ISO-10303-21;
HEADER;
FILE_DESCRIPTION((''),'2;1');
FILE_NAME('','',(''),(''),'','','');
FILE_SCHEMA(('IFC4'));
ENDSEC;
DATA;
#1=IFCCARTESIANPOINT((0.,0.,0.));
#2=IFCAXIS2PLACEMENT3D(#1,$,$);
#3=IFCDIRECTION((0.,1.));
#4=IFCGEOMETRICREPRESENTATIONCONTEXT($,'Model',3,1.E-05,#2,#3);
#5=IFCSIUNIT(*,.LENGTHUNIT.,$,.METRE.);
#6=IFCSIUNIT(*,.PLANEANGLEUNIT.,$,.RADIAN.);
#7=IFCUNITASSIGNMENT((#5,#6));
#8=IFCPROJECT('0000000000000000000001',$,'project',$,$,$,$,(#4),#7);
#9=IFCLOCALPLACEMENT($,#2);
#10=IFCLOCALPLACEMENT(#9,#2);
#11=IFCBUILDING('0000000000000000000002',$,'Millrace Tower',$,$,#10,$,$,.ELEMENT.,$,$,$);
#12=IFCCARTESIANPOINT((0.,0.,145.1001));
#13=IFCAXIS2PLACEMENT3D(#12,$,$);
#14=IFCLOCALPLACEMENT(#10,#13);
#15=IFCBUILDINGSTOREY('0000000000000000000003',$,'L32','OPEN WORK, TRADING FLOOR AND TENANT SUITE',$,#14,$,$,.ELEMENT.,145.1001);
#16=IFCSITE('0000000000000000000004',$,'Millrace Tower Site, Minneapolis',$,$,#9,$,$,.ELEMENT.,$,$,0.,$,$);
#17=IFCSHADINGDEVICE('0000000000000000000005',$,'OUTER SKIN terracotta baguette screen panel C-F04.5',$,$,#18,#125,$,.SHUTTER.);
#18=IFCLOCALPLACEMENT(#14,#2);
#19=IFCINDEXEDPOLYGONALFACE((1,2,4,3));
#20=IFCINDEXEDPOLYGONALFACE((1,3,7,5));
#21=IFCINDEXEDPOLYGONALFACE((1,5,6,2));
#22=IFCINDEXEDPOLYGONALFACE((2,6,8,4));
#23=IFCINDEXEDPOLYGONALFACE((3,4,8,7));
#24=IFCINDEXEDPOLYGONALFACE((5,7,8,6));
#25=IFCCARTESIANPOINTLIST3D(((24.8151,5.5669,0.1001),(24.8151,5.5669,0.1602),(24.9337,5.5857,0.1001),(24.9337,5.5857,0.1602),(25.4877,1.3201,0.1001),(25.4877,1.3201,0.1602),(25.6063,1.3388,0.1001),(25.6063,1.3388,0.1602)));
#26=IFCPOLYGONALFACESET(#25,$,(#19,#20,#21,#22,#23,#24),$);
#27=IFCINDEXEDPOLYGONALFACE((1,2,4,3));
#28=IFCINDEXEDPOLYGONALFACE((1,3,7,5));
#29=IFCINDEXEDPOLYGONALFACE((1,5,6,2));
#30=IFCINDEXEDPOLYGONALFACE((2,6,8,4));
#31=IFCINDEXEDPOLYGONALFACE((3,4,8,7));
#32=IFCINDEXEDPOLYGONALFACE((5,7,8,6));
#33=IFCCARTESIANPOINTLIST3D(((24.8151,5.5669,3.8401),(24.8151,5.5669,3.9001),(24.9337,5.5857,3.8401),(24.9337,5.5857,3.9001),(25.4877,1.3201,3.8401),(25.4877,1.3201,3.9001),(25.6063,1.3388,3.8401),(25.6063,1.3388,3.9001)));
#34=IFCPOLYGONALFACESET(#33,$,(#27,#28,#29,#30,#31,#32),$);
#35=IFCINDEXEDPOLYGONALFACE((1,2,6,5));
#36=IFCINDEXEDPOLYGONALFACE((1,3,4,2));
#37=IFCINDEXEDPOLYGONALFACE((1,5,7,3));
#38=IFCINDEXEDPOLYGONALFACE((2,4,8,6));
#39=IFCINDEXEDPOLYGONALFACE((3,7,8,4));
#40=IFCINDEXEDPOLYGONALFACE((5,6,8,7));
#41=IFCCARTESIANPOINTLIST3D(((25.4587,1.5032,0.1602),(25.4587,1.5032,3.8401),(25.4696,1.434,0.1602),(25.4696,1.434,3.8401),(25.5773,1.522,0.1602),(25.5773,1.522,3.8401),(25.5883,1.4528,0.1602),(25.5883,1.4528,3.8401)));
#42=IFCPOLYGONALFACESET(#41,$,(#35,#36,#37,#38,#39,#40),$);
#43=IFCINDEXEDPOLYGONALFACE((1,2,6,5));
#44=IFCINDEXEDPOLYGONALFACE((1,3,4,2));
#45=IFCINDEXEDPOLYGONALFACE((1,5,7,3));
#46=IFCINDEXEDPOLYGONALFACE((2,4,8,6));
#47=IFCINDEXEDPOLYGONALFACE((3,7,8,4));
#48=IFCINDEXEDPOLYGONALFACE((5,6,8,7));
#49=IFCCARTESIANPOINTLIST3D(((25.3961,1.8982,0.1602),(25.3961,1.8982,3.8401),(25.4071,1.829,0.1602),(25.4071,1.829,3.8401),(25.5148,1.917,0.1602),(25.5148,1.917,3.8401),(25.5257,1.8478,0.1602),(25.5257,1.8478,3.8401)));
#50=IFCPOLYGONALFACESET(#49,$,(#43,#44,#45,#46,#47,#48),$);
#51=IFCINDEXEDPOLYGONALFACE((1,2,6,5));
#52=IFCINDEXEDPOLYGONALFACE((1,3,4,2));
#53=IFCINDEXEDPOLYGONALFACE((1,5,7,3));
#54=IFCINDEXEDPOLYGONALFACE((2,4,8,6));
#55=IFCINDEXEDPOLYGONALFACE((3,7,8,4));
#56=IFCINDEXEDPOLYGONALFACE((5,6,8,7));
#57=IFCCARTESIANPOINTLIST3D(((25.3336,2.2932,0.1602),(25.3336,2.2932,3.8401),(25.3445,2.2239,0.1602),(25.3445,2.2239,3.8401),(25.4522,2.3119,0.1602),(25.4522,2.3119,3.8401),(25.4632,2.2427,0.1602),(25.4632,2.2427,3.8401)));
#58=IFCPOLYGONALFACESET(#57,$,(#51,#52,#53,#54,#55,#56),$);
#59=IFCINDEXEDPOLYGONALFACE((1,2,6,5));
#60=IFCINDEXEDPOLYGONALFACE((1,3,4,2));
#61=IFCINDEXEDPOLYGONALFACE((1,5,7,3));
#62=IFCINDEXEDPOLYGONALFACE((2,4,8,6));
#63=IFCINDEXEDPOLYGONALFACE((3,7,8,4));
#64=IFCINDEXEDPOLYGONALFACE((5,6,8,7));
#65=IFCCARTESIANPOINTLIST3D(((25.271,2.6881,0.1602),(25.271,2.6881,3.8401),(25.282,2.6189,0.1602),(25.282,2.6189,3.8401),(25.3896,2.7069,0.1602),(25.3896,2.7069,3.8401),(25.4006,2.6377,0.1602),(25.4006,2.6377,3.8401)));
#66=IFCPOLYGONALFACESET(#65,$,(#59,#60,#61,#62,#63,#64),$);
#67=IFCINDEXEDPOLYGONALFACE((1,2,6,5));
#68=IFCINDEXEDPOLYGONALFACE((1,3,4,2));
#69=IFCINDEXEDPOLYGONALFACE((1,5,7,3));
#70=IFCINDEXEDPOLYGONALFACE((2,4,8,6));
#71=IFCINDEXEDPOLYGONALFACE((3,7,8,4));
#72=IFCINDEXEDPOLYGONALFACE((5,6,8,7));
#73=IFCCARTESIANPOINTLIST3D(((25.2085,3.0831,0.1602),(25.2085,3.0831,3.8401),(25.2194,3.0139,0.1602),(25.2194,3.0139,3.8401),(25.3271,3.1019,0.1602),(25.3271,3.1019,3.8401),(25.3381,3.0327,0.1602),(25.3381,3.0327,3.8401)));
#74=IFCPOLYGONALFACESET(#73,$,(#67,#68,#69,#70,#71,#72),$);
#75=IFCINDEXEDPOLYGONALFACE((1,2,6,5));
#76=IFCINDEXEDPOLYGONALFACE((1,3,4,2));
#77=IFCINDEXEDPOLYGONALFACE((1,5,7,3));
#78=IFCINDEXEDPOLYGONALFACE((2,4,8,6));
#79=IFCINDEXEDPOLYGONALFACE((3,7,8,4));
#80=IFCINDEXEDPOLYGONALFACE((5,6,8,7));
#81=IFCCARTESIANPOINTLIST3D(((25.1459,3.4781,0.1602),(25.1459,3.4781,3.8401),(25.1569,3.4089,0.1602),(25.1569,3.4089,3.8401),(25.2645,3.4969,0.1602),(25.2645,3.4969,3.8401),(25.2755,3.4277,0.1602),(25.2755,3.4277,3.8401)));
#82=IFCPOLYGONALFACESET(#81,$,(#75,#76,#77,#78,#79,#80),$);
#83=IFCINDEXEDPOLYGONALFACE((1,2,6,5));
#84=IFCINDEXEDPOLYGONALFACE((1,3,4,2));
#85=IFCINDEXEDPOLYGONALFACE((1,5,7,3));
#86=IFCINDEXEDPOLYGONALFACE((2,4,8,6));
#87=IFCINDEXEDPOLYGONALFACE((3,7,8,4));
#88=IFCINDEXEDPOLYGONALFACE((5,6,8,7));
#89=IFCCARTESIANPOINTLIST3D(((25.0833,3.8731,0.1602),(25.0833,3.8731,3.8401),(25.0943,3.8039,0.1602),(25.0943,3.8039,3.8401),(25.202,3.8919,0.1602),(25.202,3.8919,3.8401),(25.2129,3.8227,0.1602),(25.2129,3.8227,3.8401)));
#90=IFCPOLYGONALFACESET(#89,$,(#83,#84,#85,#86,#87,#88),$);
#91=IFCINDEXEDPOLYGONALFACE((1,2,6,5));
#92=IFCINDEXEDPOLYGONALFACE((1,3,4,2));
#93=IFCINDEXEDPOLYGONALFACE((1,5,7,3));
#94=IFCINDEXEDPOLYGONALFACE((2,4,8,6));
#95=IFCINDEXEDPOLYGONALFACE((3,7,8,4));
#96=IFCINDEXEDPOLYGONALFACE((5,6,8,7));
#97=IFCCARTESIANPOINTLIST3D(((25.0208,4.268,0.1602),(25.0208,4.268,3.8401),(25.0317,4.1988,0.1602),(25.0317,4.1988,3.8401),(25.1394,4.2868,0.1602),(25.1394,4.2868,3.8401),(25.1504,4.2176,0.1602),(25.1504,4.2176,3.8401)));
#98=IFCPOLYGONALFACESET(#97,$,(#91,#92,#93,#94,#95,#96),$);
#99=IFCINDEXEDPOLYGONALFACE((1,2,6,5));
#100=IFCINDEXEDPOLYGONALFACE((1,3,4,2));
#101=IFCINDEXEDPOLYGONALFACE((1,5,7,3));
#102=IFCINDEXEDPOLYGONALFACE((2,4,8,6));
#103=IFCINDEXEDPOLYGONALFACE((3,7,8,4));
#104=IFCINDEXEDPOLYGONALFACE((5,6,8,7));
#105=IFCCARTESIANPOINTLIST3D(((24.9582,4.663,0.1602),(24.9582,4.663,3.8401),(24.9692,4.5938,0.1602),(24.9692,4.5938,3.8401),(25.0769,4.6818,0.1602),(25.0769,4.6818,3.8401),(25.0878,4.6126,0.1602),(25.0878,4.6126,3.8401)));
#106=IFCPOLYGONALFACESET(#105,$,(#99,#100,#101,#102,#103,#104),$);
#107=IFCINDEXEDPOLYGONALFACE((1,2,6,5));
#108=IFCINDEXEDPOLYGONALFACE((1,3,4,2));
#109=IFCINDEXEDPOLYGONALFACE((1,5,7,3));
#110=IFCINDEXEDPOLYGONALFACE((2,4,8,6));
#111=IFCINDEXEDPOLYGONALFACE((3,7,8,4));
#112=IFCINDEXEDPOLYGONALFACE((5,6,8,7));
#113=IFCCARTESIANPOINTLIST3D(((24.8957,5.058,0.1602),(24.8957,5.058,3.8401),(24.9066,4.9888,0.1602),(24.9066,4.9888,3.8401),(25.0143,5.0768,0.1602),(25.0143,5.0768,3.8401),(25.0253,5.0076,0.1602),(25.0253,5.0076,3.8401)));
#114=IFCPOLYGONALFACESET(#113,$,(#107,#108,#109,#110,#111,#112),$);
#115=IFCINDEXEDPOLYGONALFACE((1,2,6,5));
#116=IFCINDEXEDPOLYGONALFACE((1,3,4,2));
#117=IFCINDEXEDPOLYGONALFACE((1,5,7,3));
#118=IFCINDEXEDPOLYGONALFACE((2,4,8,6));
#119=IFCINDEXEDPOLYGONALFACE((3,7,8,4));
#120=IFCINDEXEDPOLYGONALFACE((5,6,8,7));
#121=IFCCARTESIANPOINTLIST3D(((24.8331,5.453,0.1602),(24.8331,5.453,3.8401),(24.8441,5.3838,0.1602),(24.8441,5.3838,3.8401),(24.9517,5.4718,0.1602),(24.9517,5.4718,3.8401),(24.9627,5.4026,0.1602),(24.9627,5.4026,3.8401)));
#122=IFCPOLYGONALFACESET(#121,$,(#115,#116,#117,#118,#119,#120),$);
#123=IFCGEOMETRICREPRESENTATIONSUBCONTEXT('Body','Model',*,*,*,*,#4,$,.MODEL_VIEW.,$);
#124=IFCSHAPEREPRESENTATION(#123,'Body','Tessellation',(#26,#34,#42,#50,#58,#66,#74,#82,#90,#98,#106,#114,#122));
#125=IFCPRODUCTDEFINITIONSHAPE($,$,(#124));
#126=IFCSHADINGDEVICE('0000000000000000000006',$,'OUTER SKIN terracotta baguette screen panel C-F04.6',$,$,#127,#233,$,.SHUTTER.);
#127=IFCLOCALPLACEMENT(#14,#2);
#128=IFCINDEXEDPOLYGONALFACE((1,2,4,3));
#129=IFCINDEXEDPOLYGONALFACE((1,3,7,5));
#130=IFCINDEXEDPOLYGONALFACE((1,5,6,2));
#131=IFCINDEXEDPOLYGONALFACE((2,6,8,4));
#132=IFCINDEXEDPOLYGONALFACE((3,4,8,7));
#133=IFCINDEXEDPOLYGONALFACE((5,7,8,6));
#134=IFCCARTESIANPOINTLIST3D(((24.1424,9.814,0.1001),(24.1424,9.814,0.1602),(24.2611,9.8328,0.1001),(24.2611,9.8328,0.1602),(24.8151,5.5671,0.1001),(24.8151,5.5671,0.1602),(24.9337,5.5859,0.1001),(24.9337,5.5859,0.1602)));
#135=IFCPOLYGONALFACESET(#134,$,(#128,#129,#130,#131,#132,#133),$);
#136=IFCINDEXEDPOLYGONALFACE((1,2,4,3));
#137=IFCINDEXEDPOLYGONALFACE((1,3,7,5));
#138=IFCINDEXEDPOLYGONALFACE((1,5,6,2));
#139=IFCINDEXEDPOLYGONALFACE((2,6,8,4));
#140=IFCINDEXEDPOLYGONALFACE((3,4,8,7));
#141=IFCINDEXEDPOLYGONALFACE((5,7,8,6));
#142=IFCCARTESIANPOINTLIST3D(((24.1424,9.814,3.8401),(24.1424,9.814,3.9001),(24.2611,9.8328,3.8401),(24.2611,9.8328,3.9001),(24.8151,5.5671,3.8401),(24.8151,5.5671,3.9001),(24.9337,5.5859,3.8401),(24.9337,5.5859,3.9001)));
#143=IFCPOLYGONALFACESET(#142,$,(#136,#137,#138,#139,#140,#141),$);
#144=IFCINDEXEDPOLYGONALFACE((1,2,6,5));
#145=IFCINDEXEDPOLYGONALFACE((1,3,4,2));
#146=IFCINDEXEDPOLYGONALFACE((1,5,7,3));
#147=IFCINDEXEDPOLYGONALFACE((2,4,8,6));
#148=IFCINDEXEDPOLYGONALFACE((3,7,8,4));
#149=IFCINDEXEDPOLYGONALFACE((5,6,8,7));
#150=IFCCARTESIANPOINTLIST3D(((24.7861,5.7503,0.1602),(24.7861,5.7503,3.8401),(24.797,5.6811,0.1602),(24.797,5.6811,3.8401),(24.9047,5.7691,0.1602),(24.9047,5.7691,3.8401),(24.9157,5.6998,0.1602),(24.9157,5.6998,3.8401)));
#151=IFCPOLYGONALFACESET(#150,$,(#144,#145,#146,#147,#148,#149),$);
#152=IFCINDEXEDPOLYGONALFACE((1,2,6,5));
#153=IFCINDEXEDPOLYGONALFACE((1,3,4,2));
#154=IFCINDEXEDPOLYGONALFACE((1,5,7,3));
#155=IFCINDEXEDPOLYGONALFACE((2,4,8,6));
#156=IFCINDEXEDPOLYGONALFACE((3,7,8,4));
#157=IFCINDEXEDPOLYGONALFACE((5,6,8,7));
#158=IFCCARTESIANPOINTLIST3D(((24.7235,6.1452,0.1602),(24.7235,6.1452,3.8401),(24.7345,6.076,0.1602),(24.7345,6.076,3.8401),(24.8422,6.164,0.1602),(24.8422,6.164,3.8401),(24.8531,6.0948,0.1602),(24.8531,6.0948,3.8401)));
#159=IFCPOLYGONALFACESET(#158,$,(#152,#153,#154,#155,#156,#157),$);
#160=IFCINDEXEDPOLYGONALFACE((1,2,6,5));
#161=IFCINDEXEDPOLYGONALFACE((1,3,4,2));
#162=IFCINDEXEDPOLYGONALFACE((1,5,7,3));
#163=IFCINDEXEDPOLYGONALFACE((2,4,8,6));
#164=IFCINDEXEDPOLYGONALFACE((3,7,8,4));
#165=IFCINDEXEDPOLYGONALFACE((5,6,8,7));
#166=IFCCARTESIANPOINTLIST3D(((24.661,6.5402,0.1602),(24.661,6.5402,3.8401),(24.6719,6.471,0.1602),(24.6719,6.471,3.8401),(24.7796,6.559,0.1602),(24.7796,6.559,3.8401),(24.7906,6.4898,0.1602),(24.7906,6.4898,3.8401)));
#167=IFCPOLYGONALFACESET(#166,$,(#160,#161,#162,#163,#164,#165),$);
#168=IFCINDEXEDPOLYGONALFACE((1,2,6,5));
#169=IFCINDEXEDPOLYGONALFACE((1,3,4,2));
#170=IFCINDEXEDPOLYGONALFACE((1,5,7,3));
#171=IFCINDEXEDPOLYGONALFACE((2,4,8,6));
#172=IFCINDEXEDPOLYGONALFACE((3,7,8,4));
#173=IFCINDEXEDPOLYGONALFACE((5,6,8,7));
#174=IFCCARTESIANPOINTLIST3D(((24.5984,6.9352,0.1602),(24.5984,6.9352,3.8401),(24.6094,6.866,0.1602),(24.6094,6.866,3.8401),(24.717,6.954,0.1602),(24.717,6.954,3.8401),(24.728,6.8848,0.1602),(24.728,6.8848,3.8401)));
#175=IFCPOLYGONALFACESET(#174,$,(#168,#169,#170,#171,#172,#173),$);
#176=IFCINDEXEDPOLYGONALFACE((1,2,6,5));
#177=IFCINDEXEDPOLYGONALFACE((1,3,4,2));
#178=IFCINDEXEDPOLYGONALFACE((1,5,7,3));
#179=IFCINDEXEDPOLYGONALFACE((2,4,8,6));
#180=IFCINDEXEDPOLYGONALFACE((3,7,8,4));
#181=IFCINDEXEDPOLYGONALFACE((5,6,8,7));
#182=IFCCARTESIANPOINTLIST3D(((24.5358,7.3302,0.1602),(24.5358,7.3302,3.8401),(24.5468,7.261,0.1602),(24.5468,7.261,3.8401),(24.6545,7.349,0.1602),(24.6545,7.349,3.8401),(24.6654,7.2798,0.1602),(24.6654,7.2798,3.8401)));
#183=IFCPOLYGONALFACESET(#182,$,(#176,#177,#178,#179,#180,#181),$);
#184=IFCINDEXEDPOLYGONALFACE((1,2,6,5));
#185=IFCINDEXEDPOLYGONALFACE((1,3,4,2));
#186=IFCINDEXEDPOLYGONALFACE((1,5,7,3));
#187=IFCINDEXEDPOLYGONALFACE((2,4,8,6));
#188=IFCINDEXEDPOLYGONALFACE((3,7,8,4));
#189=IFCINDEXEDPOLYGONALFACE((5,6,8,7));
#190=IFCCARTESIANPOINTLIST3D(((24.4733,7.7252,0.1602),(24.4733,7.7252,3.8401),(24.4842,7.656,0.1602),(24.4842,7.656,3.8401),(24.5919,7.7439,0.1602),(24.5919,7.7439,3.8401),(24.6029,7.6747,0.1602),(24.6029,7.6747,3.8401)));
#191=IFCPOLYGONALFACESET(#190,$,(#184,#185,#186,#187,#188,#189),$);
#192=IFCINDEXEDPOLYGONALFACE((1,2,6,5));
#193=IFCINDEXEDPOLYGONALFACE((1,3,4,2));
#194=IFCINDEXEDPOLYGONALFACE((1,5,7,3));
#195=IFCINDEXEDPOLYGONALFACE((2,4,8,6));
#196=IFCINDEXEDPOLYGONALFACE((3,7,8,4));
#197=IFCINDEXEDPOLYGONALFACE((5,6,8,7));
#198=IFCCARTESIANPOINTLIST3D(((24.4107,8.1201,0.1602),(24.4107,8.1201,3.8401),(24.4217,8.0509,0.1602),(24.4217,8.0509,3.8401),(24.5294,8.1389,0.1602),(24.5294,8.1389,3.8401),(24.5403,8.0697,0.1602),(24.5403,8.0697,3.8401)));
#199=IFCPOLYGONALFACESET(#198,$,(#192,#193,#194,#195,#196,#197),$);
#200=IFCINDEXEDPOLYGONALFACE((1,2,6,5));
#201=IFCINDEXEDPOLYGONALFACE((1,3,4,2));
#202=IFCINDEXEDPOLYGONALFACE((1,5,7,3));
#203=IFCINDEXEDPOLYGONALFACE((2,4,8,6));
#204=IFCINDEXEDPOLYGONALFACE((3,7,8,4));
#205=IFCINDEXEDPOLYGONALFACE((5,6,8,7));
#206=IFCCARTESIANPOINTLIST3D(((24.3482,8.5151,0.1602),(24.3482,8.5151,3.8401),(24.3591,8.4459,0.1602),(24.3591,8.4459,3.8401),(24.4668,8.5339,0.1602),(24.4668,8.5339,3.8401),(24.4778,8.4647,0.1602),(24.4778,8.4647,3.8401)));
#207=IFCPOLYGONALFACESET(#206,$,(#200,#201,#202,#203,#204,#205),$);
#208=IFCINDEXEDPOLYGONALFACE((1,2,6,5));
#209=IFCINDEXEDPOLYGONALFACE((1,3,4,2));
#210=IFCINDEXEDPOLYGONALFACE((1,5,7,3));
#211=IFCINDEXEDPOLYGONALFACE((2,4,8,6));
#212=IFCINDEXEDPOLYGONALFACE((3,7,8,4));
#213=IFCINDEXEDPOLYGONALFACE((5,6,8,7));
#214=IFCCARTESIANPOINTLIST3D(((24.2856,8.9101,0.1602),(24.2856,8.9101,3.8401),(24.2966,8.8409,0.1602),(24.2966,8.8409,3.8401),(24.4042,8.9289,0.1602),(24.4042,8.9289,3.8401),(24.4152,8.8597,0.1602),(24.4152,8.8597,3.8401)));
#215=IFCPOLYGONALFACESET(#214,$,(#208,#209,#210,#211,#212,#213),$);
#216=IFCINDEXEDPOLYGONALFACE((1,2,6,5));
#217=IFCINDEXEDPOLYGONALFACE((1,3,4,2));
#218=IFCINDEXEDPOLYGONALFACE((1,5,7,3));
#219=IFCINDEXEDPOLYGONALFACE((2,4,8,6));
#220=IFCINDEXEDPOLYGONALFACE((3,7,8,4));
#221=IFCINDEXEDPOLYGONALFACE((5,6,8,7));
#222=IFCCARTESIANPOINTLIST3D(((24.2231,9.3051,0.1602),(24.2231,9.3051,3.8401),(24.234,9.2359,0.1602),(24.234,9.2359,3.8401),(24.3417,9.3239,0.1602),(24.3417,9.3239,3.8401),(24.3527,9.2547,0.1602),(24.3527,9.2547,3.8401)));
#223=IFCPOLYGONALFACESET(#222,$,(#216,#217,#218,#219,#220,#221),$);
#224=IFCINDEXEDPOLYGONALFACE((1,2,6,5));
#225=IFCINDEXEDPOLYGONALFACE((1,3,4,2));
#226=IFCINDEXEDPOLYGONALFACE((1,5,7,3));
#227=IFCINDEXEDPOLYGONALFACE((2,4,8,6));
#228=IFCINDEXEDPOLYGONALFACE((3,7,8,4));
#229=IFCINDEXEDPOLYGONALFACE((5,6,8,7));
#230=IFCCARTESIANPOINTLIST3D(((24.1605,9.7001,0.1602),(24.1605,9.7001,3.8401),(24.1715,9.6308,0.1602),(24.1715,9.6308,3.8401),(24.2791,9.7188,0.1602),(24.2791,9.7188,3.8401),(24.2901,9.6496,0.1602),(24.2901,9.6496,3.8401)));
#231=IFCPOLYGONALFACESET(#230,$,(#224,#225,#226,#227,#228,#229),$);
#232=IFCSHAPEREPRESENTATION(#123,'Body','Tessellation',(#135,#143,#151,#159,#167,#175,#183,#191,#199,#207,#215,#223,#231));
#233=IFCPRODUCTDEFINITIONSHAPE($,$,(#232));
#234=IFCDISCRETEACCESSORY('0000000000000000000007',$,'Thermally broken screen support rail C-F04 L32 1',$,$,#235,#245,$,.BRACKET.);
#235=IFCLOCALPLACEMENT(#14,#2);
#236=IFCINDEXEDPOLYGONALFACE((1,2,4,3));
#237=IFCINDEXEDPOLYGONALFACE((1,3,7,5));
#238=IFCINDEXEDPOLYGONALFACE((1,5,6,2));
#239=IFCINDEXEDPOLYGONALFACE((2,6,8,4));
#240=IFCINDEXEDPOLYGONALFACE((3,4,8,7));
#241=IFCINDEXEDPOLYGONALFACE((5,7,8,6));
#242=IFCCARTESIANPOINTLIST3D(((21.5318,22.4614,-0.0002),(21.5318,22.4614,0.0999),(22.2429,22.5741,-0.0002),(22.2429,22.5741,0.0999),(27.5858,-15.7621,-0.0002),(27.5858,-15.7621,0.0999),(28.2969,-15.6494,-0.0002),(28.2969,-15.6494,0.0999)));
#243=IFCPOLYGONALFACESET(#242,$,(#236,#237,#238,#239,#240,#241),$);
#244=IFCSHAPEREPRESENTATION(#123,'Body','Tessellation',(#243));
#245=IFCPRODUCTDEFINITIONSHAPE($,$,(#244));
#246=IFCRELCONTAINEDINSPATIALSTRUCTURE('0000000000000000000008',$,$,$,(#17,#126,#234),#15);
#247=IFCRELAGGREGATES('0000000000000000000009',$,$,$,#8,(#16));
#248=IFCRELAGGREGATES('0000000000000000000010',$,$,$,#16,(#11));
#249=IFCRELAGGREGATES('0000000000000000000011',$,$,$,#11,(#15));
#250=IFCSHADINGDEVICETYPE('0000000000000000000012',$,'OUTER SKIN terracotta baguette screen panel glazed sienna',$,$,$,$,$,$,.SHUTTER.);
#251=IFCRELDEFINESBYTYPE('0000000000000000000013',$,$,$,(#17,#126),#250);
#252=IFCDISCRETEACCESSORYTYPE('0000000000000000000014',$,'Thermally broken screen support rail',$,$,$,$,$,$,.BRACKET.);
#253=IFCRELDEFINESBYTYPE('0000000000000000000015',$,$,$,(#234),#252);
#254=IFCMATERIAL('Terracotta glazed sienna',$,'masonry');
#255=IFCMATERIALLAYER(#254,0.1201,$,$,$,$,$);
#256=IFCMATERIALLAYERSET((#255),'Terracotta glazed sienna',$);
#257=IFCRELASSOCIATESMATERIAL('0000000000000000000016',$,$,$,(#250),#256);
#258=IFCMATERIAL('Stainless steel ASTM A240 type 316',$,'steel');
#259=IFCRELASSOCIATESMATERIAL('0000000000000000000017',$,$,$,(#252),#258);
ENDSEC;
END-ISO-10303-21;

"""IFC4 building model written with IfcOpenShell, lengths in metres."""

from ifc_helpers import new_model, entity, si_unit, direction, frame, frame_2d, origin, origin_2d, place, context, subcontext, project, spatial, rectangle, extrude, source, transform, mapped, material, layer, layer_set, type_object, element, save


model = new_model("IFC4")

# Units and contexts
model_context = context("Model", 3, precision=1e-05, world=origin(), true_north=direction((0.0, 1.0)))
body_context = subcontext(model_context, "Body", "Model", "MODEL_VIEW")
ifc_project = project(units=[si_unit("LENGTHUNIT", "METRE"), si_unit("PLANEANGLEUNIT", "RADIAN")], contexts=[model_context])

# Site, building, storey
site_placement = place(None, origin())
site = spatial("IfcSite", under=ifc_project, at=site_placement, Name="Millrace Tower Site, Minneapolis", CompositionType="ELEMENT", RefElevation=0.0)
building_placement = place(site_placement, origin())
building = spatial("IfcBuilding", under=site, at=building_placement, Name="Millrace Tower", CompositionType="ELEMENT")
storey_placement = place(building_placement, frame((0.0, 0.0, 145.1001)))
storey = spatial("IfcBuildingStorey", under=building, at=storey_placement, Name="L32", Description="OPEN WORK, TRADING FLOOR AND TENANT SUITE", CompositionType="ELEMENT", Elevation=145.1001)

# Shading devices
ifc_material_1 = material(Name="Terracotta glazed sienna", Category="masonry")
ifc_layer_1 = layer(ifc_material_1, 0.1201)
ifc_layer_set_1 = layer_set([ifc_layer_1], Name="Terracotta glazed sienna")
shading_device_type = type_object("IfcShadingDeviceType", Name="OUTER SKIN terracotta baguette screen panel glazed sienna", PredefinedType="SHUTTER", material=ifc_layer_set_1)
cartesian_point = entity("IfcCartesianPoint", [-2.1499, 0.0601])
shared_polyline = entity("IfcPolyline", [cartesian_point, entity("IfcCartesianPoint", [2.1499, 0.0601]), entity("IfcCartesianPoint", [2.1499, -0.0601]), entity("IfcCartesianPoint", [-2.1499, -0.0601]), cartesian_point])
shared_shape = source(origin(), body_context, "Body", "SweptSolid", [
    entity("IfcExtrudedAreaSolid", entity("IfcArbitraryClosedProfileDef", "AREA", None, shared_polyline), entity("IfcAxis2Placement3D", entity("IfcCartesianPoint", [0.0, 0.0, 0.0])), entity("IfcDirection", [0.0, 0.0, 1.0]), 0.0601),
    entity("IfcExtrudedAreaSolid", entity("IfcArbitraryClosedProfileDef", "AREA", None, shared_polyline), entity("IfcAxis2Placement3D", entity("IfcCartesianPoint", [0.0, 0.0, 3.74])), entity("IfcDirection", [0.0, 0.0, 1.0]), 0.0601),
    extrude(rectangle(XDim=0.0701, YDim=0.1201, at=frame_2d((-1.9995, 0.0))), frame((0.0, 0.0, 0.0601)), (0.0, 0.0, 1.0), 3.6799),
    extrude(rectangle(XDim=0.0701, YDim=0.1201, at=frame_2d((-1.5996, 0.0))), frame((0.0, 0.0, 0.0601)), (0.0, 0.0, 1.0), 3.6799),
    extrude(rectangle(XDim=0.0701, YDim=0.1201, at=frame_2d((-1.1997, 0.0))), frame((0.0, 0.0, 0.0601)), (0.0, 0.0, 1.0), 3.6799),
    extrude(rectangle(XDim=0.0701, YDim=0.1201, at=frame_2d((-0.7998, 0.0))), frame((0.0, 0.0, 0.0601)), (0.0, 0.0, 1.0), 3.6799),
    extrude(rectangle(XDim=0.0701, YDim=0.1201, at=frame_2d((-0.3999, 0.0))), frame((0.0, 0.0, 0.0601)), (0.0, 0.0, 1.0), 3.6799),
    extrude(rectangle(XDim=0.0701, YDim=0.1201, at=origin_2d()), frame((0.0, 0.0, 0.0601)), (0.0, 0.0, 1.0), 3.6799),
    extrude(rectangle(XDim=0.0701, YDim=0.1201, at=frame_2d((0.3999, 0.0))), frame((0.0, 0.0, 0.0601)), (0.0, 0.0, 1.0), 3.6799),
    extrude(rectangle(XDim=0.0701, YDim=0.1201, at=frame_2d((0.7998, 0.0))), frame((0.0, 0.0, 0.0601)), (0.0, 0.0, 1.0), 3.6799),
    extrude(rectangle(XDim=0.0701, YDim=0.1201, at=frame_2d((1.1997, 0.0))), frame((0.0, 0.0, 0.0601)), (0.0, 0.0, 1.0), 3.6799),
    extrude(rectangle(XDim=0.0701, YDim=0.1201, at=frame_2d((1.5996, 0.0))), frame((0.0, 0.0, 0.0601)), (0.0, 0.0, 1.0), 3.6799),
    extrude(rectangle(XDim=0.0701, YDim=0.1201, at=frame_2d((1.9995, 0.0))), frame((0.0, 0.0, 0.0601)), (0.0, 0.0, 1.0), 3.6799),
])
for number, where, z_axis, x_axis, name in (
    (1, (25.2107, 3.4529, 0.1001), (0.0, 0.0, 1.0), (-0.156434, 0.987688, 0.0), "OUTER SKIN terracotta baguette screen panel C-F04.5"),
    (2, (24.5381, 7.7, 0.1001), (0.0, 0.0, 1.0), (-0.156434, 0.987688, 0.0), "OUTER SKIN terracotta baguette screen panel C-F04.6"),
):
    element("IfcShadingDevice", number, at=place(storey_placement, frame(where, z_axis=z_axis, x_axis=x_axis)), inside=storey, type_object=shading_device_type, Name=name, PredefinedType="SHUTTER", context=body_context, shape_type="MappedRepresentation", body=[
        mapped(shared_shape, transform((0.0, 0.0, 0.0), scale=1.0)),
    ])

# Discrete accessory
ifc_material_2 = material(Name="Stainless steel ASTM A240 type 316", Category="steel")
discrete_accessory_type = type_object("IfcDiscreteAccessoryType", Name="Thermally broken screen support rail", PredefinedType="BRACKET", material=ifc_material_2)
discrete_accessory_placement = place(storey_placement, frame((24.9143, 3.406, -0.0002), z_axis=(0.0, 0.0, 1.0), x_axis=(-0.156434, 0.987688, 0.0)))
element("IfcDiscreteAccessory", 3, at=discrete_accessory_placement, inside=storey, type_object=discrete_accessory_type, Name="Thermally broken screen support rail C-F04 L32 1", PredefinedType="BRACKET", context=body_context, shape_type="SweptSolid", body=[
    extrude(rectangle(XDim=38.7, YDim=0.72, at=origin_2d()), origin(), (0.0, 0.0, 1.0), 0.1001),
])

save(model, "model.ifc")
